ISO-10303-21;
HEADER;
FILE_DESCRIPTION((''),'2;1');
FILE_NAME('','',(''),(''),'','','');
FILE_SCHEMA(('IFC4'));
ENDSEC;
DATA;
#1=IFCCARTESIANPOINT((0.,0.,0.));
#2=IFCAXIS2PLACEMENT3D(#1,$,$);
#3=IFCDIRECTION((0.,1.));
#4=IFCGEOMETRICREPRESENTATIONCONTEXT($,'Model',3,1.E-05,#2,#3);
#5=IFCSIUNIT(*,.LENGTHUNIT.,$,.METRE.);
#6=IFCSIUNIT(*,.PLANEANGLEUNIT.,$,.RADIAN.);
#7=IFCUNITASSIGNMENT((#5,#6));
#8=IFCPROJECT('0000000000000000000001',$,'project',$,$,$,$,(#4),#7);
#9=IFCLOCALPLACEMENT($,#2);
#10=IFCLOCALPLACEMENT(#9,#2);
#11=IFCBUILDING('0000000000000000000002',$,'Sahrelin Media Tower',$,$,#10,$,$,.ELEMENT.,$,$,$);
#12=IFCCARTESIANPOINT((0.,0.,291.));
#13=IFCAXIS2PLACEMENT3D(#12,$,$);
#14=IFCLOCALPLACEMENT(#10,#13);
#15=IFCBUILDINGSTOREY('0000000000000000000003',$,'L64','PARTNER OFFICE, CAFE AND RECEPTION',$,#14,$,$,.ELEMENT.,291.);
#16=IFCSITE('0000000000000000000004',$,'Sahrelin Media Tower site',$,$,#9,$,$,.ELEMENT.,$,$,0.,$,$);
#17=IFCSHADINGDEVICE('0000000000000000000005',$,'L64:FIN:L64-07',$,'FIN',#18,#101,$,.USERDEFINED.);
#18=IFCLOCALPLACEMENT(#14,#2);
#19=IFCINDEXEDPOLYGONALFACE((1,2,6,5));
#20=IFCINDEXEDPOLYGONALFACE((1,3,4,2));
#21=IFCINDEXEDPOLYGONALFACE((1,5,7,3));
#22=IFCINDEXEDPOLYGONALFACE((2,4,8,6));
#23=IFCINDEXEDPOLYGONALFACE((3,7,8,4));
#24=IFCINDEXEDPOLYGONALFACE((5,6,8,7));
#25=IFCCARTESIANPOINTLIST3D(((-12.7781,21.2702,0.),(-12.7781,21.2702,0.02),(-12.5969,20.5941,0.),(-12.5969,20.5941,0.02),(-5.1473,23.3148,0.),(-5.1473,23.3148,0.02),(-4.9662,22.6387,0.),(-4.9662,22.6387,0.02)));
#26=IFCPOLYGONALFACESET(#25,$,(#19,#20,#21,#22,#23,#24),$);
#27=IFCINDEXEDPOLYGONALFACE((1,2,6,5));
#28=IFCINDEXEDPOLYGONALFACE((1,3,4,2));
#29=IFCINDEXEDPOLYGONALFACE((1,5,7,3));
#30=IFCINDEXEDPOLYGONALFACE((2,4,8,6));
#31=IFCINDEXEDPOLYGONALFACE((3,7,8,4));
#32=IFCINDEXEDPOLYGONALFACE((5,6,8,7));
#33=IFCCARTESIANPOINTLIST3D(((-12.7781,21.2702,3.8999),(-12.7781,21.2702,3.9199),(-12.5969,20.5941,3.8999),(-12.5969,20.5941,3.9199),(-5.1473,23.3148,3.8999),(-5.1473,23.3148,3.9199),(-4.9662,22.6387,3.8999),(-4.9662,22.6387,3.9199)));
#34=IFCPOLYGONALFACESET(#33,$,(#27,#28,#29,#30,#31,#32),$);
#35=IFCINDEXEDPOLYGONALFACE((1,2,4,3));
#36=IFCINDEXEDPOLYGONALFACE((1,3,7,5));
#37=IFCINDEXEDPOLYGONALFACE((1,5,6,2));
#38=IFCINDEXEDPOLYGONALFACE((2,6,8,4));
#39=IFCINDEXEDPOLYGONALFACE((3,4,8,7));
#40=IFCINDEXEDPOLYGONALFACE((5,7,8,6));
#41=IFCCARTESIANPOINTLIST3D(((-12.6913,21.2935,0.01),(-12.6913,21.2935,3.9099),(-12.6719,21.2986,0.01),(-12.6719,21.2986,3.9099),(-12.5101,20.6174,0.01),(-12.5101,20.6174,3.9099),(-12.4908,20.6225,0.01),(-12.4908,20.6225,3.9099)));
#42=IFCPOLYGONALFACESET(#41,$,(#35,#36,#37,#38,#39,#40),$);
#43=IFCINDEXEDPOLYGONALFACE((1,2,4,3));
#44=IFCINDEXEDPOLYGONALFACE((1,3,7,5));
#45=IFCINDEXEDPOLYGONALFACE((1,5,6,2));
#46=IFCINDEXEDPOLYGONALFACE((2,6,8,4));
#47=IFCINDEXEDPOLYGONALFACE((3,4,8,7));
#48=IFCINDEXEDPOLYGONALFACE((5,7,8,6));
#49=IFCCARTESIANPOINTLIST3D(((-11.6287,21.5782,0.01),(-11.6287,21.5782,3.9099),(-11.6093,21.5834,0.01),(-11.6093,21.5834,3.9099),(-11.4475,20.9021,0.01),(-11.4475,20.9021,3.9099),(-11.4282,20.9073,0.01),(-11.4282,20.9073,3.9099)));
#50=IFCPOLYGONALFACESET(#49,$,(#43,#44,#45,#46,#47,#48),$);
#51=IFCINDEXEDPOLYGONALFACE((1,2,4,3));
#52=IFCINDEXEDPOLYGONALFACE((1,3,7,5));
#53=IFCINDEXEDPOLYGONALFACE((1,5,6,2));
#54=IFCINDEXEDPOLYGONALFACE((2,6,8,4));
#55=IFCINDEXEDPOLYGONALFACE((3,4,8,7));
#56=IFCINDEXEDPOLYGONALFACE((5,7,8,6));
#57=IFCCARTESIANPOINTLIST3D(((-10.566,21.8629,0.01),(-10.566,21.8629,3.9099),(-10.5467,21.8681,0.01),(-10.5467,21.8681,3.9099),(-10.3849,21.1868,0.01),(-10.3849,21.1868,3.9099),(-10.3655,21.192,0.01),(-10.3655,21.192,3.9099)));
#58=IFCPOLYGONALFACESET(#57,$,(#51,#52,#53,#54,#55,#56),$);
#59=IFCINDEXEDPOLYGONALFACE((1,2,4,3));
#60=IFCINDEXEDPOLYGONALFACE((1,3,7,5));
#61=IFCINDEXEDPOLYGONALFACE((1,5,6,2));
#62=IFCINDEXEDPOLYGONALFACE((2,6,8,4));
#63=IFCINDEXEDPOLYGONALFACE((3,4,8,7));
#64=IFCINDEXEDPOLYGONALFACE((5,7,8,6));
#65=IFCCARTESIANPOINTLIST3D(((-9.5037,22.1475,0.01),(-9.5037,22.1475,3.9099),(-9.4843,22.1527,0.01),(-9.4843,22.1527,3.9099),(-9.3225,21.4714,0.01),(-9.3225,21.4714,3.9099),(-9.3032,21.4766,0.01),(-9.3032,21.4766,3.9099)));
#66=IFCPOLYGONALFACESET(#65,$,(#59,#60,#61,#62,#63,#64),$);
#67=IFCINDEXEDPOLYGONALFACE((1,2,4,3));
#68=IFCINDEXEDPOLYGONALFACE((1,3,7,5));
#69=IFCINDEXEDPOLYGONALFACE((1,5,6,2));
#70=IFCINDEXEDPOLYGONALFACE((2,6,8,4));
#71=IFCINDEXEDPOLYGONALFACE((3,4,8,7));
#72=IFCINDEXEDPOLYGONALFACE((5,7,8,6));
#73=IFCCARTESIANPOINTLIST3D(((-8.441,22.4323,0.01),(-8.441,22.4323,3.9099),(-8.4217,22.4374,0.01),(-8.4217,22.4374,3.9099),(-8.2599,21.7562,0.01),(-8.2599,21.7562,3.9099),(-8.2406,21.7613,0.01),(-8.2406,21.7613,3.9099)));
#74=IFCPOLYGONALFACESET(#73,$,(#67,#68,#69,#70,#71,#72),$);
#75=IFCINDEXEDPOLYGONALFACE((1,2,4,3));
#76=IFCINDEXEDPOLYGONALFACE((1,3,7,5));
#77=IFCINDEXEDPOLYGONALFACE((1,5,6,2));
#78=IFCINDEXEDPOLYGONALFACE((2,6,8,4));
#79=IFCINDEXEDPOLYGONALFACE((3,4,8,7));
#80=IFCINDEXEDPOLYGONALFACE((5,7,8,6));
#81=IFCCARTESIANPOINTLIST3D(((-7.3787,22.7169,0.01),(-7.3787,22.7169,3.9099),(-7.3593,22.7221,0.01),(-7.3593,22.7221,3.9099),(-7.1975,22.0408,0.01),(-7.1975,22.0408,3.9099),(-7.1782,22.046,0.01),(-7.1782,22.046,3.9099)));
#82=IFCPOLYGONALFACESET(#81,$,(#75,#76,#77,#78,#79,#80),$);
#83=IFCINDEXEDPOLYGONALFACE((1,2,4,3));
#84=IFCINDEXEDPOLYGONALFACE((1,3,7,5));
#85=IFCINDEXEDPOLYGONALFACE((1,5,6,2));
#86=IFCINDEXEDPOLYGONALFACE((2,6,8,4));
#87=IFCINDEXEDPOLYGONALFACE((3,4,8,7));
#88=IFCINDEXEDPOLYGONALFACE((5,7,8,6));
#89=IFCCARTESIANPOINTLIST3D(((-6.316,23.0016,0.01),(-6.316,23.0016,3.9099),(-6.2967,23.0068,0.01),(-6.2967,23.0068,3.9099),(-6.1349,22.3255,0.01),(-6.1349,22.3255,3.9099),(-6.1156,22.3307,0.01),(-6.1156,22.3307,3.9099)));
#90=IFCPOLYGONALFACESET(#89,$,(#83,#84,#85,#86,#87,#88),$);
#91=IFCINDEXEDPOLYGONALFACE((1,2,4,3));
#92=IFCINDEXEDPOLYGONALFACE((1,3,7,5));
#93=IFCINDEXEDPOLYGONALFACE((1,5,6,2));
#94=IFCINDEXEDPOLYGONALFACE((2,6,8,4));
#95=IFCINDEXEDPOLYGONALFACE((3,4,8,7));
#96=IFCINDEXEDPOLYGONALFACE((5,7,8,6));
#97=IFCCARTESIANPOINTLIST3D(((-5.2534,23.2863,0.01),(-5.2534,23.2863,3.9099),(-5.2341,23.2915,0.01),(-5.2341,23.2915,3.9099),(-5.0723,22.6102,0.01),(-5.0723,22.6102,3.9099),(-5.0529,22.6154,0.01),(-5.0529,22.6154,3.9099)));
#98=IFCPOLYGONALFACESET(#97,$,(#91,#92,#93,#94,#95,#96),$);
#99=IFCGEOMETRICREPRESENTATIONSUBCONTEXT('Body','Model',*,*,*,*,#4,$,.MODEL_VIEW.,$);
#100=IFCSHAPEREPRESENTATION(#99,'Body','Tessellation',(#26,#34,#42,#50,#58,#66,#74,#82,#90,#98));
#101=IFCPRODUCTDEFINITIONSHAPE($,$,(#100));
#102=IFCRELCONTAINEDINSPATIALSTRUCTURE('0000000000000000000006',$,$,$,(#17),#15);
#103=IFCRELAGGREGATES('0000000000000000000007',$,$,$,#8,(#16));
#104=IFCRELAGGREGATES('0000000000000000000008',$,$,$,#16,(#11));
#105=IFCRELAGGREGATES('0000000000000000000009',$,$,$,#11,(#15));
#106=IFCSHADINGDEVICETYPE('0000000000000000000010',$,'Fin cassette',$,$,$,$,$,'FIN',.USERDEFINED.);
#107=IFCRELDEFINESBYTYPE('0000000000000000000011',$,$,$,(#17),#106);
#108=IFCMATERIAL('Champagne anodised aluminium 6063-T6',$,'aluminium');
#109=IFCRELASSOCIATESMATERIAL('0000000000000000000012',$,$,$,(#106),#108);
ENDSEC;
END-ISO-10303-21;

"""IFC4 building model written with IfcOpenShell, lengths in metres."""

from ifc_helpers import new_model, si_unit, direction, frame, origin, origin_2d, place, context, subcontext, project, spatial, rectangle, extrude, material, type_object, element, save


model = new_model("IFC4")

# Units and contexts
model_context = context("Model", 3, precision=1e-05, world=origin(), true_north=direction((0.0, 1.0)))
body_context = subcontext(model_context, "Body", "Model", "MODEL_VIEW")
ifc_project = project(units=[si_unit("LENGTHUNIT", "METRE"), si_unit("PLANEANGLEUNIT", "RADIAN")], contexts=[model_context])

# Site, building, storey
site_placement = place(None, origin())
site = spatial("IfcSite", under=ifc_project, at=site_placement, Name="Sahrelin Media Tower site", CompositionType="ELEMENT", RefElevation=0.0)
building_placement = place(site_placement, origin())
building = spatial("IfcBuilding", under=site, at=building_placement, Name="Sahrelin Media Tower", CompositionType="ELEMENT")
storey_placement = place(building_placement, frame((0.0, 0.0, 291.0)))
storey = spatial("IfcBuildingStorey", under=building, at=storey_placement, Name="L64", Description="PARTNER OFFICE, CAFE AND RECEPTION", CompositionType="ELEMENT", Elevation=291.0)

# Shared definitions
ifc_material_1 = material(Name="Champagne anodised aluminium 6063-T6", Category="aluminium")

# Shading device
shading_device_type_1 = type_object("IfcShadingDeviceType", Name="Fin cassette", ElementType="FIN", PredefinedType="USERDEFINED", material=ifc_material_1)
placement = place(storey_placement, frame((-8.7634, 21.5488, 0.0), z_axis=(0.0, 0.0, 1.0), x_axis=(0.965929, 0.258808, 0.0)))
element("IfcShadingDevice", 1, at=placement, inside=storey, type_object=shading_device_type_1, Name="L64:FIN:L64-07", ObjectType="FIN", PredefinedType="USERDEFINED", context=body_context, shape_type="SweptSolid", body=[
    extrude(rectangle(XDim=7.8999, YDim=0.7, at=origin_2d()), frame((0.0, 0.4199, 0.0)), (0.0, 0.0, 1.0), 0.02),
    extrude(rectangle(XDim=7.8999, YDim=0.7, at=origin_2d()), frame((0.0, 0.4199, 3.8999)), (0.0, 0.0, 1.0), 0.02),
    extrude(rectangle(XDim=0.02, YDim=0.7, at=origin_2d()), frame((-3.8501, 0.4199, 0.01), z_axis=(0.0, 0.0, 1.0), x_axis=(1.0, 0.0, 0.0)), (0.0, 0.0, 1.0), 3.8999),
    extrude(rectangle(XDim=0.02, YDim=0.7, at=origin_2d()), frame((-2.75, 0.4199, 0.01), z_axis=(0.0, 0.0, 1.0), x_axis=(1.0, 0.0, 0.0)), (0.0, 0.0, 1.0), 3.8999),
    extrude(rectangle(XDim=0.02, YDim=0.7, at=origin_2d()), frame((-1.6499, 0.4199, 0.01), z_axis=(0.0, 0.0, 1.0), x_axis=(1.0, 0.0, 0.0)), (0.0, 0.0, 1.0), 3.8999),
    extrude(rectangle(XDim=0.02, YDim=0.7, at=origin_2d()), frame((-0.55, 0.4199, 0.01), z_axis=(0.0, 0.0, 1.0), x_axis=(1.0, 0.0, 0.0)), (0.0, 0.0, 1.0), 3.8999),
    extrude(rectangle(XDim=0.02, YDim=0.7, at=origin_2d()), frame((0.55, 0.4199, 0.01), z_axis=(0.0, 0.0, 1.0), x_axis=(1.0, 0.0, 0.0)), (0.0, 0.0, 1.0), 3.8999),
    extrude(rectangle(XDim=0.02, YDim=0.7, at=origin_2d()), frame((1.6499, 0.4199, 0.01), z_axis=(0.0, 0.0, 1.0), x_axis=(1.0, 0.0, 0.0)), (0.0, 0.0, 1.0), 3.8999),
    extrude(rectangle(XDim=0.02, YDim=0.7, at=origin_2d()), frame((2.75, 0.4199, 0.01), z_axis=(0.0, 0.0, 1.0), x_axis=(1.0, 0.0, 0.0)), (0.0, 0.0, 1.0), 3.8999),
    extrude(rectangle(XDim=0.02, YDim=0.7, at=origin_2d()), frame((3.8501, 0.4199, 0.01), z_axis=(0.0, 0.0, 1.0), x_axis=(1.0, 0.0, 0.0)), (0.0, 0.0, 1.0), 3.8999),
])

save(model, "model.ifc")
